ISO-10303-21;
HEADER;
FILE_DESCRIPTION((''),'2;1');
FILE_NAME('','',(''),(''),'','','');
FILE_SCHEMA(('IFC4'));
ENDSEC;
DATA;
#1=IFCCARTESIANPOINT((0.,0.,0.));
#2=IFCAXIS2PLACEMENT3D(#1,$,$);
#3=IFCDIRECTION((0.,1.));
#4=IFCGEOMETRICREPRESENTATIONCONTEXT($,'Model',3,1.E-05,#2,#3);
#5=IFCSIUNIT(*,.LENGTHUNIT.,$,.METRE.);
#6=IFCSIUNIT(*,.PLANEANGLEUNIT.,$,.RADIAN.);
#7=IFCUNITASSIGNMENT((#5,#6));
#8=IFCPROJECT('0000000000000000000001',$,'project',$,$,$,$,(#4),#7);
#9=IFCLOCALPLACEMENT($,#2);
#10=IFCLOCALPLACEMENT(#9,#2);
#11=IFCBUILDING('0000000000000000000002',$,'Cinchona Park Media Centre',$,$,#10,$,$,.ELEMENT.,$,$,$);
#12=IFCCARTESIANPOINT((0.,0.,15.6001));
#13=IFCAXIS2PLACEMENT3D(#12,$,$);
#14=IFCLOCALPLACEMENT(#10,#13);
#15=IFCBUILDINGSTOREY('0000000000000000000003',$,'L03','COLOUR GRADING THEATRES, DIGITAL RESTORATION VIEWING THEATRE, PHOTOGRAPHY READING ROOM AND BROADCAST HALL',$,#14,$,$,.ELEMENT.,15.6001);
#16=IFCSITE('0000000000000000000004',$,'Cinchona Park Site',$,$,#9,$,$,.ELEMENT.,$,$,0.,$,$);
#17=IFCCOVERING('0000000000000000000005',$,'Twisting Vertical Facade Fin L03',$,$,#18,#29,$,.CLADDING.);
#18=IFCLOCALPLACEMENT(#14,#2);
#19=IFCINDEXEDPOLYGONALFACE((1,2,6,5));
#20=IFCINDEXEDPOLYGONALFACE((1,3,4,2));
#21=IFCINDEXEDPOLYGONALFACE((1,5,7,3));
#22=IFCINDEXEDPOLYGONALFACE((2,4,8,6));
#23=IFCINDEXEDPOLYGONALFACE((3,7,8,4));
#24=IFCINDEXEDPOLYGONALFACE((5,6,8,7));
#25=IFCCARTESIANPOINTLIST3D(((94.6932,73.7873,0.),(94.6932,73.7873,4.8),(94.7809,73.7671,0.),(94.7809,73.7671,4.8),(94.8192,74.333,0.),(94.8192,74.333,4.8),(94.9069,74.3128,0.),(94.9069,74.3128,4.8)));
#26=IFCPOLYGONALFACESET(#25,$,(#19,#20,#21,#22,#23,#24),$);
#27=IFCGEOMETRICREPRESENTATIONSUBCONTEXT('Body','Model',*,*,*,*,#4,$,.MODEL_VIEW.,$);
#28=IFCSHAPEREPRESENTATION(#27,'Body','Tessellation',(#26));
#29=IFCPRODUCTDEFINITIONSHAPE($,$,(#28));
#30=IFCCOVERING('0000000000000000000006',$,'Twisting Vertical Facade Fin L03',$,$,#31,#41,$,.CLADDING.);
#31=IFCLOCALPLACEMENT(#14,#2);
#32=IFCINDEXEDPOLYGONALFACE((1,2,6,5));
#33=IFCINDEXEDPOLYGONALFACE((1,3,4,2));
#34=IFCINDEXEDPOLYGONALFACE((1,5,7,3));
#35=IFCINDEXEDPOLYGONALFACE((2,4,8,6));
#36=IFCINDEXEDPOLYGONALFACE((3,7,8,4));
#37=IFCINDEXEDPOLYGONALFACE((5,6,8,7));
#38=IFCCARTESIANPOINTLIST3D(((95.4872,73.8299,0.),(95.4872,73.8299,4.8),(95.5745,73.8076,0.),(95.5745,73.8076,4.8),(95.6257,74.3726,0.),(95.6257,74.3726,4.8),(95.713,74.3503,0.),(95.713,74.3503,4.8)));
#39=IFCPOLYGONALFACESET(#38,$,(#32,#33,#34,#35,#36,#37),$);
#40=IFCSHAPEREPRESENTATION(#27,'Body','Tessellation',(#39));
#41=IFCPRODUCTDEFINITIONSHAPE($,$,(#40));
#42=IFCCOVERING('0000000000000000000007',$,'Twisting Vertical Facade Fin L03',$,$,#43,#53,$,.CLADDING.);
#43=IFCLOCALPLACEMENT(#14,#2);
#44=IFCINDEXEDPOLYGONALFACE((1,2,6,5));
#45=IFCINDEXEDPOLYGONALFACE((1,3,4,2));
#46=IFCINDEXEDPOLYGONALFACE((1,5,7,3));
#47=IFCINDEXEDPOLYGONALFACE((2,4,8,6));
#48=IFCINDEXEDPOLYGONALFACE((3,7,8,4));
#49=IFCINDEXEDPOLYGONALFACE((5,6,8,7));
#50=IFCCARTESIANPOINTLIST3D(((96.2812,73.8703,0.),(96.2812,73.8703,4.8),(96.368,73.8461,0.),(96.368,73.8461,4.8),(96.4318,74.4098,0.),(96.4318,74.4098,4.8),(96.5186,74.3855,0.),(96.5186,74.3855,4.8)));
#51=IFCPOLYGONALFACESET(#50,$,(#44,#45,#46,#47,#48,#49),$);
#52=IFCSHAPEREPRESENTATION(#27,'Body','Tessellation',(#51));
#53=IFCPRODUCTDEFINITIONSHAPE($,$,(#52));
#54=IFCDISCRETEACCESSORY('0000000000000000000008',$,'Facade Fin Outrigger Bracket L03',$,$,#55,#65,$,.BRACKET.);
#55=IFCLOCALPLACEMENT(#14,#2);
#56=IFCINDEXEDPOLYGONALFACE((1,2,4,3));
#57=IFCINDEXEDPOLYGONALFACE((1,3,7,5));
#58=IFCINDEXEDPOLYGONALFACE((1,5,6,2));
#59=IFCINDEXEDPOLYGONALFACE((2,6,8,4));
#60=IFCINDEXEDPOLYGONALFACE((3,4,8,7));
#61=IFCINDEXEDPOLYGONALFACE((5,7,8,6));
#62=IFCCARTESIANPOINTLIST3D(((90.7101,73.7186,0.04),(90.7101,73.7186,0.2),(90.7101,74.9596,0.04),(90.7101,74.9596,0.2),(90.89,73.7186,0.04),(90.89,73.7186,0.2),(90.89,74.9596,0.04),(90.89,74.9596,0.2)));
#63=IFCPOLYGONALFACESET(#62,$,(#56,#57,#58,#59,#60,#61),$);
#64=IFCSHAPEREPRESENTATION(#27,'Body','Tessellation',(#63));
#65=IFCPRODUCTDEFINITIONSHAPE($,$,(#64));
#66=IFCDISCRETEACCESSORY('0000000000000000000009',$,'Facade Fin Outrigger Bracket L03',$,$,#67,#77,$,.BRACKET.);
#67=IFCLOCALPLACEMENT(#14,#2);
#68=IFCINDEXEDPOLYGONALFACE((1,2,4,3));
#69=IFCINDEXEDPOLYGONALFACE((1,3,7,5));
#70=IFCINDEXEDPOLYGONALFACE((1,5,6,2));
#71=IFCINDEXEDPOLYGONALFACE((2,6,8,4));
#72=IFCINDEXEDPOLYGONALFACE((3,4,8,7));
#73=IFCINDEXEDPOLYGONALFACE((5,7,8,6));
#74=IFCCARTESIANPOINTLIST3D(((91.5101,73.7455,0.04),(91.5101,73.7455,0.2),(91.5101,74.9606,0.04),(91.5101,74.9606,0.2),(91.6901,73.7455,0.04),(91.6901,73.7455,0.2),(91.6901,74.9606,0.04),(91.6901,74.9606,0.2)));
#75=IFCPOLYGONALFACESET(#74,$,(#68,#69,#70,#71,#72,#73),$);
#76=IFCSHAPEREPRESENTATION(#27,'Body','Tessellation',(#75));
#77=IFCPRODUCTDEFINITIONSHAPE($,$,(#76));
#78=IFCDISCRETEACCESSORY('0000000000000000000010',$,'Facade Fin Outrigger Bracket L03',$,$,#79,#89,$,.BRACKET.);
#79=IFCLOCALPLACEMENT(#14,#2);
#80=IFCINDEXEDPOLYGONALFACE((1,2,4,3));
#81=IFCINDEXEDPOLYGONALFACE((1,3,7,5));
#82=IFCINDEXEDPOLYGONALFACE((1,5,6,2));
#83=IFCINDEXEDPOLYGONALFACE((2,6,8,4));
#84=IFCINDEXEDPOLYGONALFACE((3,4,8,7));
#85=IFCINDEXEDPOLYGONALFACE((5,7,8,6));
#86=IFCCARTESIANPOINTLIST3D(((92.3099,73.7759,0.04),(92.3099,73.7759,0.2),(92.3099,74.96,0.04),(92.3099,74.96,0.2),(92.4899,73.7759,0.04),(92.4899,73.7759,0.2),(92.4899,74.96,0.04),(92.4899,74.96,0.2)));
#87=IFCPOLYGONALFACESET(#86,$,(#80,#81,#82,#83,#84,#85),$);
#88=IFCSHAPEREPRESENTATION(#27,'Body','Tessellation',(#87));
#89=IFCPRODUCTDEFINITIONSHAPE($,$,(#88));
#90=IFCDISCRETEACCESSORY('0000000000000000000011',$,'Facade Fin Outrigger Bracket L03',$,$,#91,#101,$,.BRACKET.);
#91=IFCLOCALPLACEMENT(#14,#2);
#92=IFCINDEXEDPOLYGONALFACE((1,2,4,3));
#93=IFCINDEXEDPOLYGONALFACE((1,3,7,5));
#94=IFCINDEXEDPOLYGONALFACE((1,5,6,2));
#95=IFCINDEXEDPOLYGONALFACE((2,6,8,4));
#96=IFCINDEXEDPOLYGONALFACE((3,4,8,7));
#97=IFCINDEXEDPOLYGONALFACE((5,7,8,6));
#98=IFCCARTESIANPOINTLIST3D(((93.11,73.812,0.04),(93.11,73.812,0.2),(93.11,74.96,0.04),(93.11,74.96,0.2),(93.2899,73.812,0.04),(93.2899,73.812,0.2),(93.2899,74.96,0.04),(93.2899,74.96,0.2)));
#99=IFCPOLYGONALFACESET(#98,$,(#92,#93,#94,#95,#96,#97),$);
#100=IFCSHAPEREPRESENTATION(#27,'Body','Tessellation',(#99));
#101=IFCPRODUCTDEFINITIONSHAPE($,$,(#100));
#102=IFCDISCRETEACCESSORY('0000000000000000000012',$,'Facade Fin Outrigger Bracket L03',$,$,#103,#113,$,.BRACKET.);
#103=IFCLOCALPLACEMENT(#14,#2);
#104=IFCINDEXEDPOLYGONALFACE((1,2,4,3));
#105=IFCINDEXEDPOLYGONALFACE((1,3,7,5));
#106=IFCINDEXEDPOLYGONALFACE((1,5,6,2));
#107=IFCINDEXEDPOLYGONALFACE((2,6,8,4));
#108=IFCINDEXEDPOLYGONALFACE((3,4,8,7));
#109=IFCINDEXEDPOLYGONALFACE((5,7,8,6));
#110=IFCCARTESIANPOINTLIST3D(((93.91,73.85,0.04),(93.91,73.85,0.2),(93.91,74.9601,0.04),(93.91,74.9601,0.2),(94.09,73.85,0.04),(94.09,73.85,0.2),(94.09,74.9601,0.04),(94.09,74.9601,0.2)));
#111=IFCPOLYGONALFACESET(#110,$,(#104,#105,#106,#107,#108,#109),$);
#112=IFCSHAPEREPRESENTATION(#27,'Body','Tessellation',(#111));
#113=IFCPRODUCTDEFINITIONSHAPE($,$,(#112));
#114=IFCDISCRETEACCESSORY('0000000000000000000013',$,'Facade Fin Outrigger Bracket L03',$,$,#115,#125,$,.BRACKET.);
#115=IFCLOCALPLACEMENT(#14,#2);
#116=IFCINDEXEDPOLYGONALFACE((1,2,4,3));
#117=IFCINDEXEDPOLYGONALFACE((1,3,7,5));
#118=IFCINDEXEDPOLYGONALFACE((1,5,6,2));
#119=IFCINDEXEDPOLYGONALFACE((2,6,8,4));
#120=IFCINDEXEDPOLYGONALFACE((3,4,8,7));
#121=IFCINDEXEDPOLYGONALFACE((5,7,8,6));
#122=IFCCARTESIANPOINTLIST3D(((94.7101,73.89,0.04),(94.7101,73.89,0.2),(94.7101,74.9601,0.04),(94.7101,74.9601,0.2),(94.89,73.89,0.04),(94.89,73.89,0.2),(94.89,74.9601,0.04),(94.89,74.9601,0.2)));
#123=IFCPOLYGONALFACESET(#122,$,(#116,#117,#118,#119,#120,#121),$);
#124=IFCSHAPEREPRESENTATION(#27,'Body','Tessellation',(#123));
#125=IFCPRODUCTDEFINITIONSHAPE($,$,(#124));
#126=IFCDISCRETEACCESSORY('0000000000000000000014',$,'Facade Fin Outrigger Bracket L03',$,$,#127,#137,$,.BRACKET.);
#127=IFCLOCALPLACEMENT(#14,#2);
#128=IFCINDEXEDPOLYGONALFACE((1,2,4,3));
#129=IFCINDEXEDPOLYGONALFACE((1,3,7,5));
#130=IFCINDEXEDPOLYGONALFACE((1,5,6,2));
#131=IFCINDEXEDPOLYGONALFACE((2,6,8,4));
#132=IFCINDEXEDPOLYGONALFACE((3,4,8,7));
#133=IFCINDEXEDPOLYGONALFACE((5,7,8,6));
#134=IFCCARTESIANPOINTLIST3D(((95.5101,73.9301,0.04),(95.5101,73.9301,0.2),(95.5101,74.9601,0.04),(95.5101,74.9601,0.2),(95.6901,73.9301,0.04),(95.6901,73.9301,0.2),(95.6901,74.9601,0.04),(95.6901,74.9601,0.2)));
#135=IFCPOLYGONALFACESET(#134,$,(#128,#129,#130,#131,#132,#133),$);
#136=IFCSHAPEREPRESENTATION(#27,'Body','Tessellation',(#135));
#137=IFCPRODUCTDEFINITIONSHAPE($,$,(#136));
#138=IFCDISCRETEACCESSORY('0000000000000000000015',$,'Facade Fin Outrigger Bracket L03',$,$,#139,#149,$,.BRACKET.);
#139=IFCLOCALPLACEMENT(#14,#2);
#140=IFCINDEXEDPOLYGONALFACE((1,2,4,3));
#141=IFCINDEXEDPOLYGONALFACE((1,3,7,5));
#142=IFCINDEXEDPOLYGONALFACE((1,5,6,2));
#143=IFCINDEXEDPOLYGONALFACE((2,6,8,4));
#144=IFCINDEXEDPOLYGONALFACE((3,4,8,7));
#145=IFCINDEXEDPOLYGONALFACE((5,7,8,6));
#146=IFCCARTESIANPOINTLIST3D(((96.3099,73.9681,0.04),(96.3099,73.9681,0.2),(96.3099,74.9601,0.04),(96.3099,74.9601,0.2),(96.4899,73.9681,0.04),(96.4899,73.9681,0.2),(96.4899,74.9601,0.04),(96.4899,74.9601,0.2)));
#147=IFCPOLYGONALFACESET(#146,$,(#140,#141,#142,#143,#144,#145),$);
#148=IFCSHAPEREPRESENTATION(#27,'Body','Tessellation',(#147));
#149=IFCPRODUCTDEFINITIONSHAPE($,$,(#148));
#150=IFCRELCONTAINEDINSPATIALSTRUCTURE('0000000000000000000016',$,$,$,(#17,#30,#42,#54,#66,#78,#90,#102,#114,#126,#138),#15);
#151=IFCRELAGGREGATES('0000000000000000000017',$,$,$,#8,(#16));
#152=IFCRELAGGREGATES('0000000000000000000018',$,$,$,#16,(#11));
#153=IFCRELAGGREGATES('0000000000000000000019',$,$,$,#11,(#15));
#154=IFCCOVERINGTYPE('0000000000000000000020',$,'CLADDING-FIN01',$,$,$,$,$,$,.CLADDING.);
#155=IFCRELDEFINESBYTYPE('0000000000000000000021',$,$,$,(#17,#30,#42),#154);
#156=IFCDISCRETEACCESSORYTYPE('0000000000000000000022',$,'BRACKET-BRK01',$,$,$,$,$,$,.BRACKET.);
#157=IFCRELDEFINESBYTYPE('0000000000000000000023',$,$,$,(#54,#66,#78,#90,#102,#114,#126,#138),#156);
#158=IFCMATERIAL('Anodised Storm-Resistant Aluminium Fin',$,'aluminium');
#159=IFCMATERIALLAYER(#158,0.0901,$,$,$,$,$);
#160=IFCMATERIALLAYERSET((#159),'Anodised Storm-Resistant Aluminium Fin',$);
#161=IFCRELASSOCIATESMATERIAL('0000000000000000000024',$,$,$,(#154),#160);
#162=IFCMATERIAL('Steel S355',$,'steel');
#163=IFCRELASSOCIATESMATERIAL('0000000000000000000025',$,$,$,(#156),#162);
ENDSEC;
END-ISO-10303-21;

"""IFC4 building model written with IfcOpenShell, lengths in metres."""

from ifc_helpers import new_model, si_unit, direction, frame, origin, origin_2d, place, context, subcontext, project, spatial, rectangle, extrude, material, layer, layer_set, type_object, element, save


model = new_model("IFC4")

# Units and contexts
model_context = context("Model", 3, precision=1e-05, world=origin(), true_north=direction((0.0, 1.0)))
body_context = subcontext(model_context, "Body", "Model", "MODEL_VIEW")
ifc_project = project(units=[si_unit("LENGTHUNIT", "METRE"), si_unit("PLANEANGLEUNIT", "RADIAN")], contexts=[model_context])

# Site, building, storey
site_placement = place(None, origin())
site = spatial("IfcSite", under=ifc_project, at=site_placement, Name="Cinchona Park Site", CompositionType="ELEMENT", RefElevation=0.0)
building_placement = place(site_placement, origin())
building = spatial("IfcBuilding", under=site, at=building_placement, Name="Cinchona Park Media Centre", CompositionType="ELEMENT")
storey_placement = place(building_placement, frame((0.0, 0.0, 15.6001)))
storey = spatial("IfcBuildingStorey", under=building, at=storey_placement, Name="L03", Description="COLOUR GRADING THEATRES, DIGITAL RESTORATION VIEWING THEATRE, PHOTOGRAPHY READING ROOM AND BROADCAST HALL", CompositionType="ELEMENT", Elevation=15.6001)

# Coverings
ifc_material_1 = material(Name="Anodised Storm-Resistant Aluminium Fin", Category="aluminium")
ifc_layer_1 = layer(ifc_material_1, 0.0901)
ifc_layer_set_1 = layer_set([ifc_layer_1], Name="Anodised Storm-Resistant Aluminium Fin")
covering_type = type_object("IfcCoveringType", Name="CLADDING-FIN01", PredefinedType="CLADDING", material=ifc_layer_set_1)
for number, where, z_axis, x_axis, name in (
    (1, (94.8, 74.05, 0.0), (0.0, 0.0, 1.0), (0.224951, 0.97437, 0.0), "Twisting Vertical Facade Fin L03"),
    (2, (95.6001, 74.0901, 0.0), (0.0, 0.0, 1.0), (0.247337, 0.968929, 0.0), "Twisting Vertical Facade Fin L03"),
    (3, (96.3999, 74.1279, 0.0), (0.0, 0.0, 1.0), (0.26892, 0.963163, 0.0), "Twisting Vertical Facade Fin L03"),
):
    element("IfcCovering", number, at=place(storey_placement, frame(where, z_axis=z_axis, x_axis=x_axis)), inside=storey, type_object=covering_type, Name=name, PredefinedType="CLADDING", context=body_context, shape_type="SweptSolid", body=[
        extrude(rectangle(XDim=0.5601, YDim=0.0901, at=origin_2d()), origin(), (0.0, 0.0, 1.0), 4.8),
    ])

# Discrete accessories
ifc_material_2 = material(Name="Steel S355", Category="steel")
discrete_accessory_type = type_object("IfcDiscreteAccessoryType", Name="BRACKET-BRK01", PredefinedType="BRACKET", material=ifc_material_2)
discrete_accessory_1_placement = place(storey_placement, frame((90.8, 74.3391, 0.04), z_axis=(0.0, 0.0, 1.0), x_axis=(1.0, 0.0, 0.0)))
element("IfcDiscreteAccessory", 4, at=discrete_accessory_1_placement, inside=storey, type_object=discrete_accessory_type, Name="Facade Fin Outrigger Bracket L03", PredefinedType="BRACKET", context=body_context, shape_type="SweptSolid", body=[
    extrude(rectangle(XDim=0.1799, YDim=1.241, at=origin_2d()), origin(), (0.0, 0.0, 1.0), 0.1599),
])
discrete_accessory_2_placement = place(storey_placement, frame((91.6001, 74.353, 0.04), z_axis=(0.0, 0.0, 1.0), x_axis=(1.0, 0.0, 0.0)))
element("IfcDiscreteAccessory", 5, at=discrete_accessory_2_placement, inside=storey, type_object=discrete_accessory_type, Name="Facade Fin Outrigger Bracket L03", PredefinedType="BRACKET", context=body_context, shape_type="SweptSolid", body=[
    extrude(rectangle(XDim=0.1799, YDim=1.2151, at=origin_2d()), origin(), (0.0, 0.0, 1.0), 0.1599),
])
discrete_accessory_3_placement = place(storey_placement, frame((92.3999, 74.3679, 0.04), z_axis=(0.0, 0.0, 1.0), x_axis=(1.0, 0.0, 0.0)))
element("IfcDiscreteAccessory", 6, at=discrete_accessory_3_placement, inside=storey, type_object=discrete_accessory_type, Name="Facade Fin Outrigger Bracket L03", PredefinedType="BRACKET", context=body_context, shape_type="SweptSolid", body=[
    extrude(rectangle(XDim=0.1799, YDim=1.1841, at=origin_2d()), origin(), (0.0, 0.0, 1.0), 0.1599),
])
discrete_accessory_4_placement = place(storey_placement, frame((93.2, 74.386, 0.04), z_axis=(0.0, 0.0, 1.0), x_axis=(1.0, 0.0, 0.0)))
element("IfcDiscreteAccessory", 7, at=discrete_accessory_4_placement, inside=storey, type_object=discrete_accessory_type, Name="Facade Fin Outrigger Bracket L03", PredefinedType="BRACKET", context=body_context, shape_type="SweptSolid", body=[
    extrude(rectangle(XDim=0.1799, YDim=1.1479, at=origin_2d()), origin(), (0.0, 0.0, 1.0), 0.1599),
])
discrete_accessory_5_placement = place(storey_placement, frame((94.0, 74.405, 0.04), z_axis=(0.0, 0.0, 1.0), x_axis=(1.0, 0.0, 0.0)))
element("IfcDiscreteAccessory", 8, at=discrete_accessory_5_placement, inside=storey, type_object=discrete_accessory_type, Name="Facade Fin Outrigger Bracket L03", PredefinedType="BRACKET", context=body_context, shape_type="SweptSolid", body=[
    extrude(rectangle(XDim=0.1799, YDim=1.1101, at=origin_2d()), origin(), (0.0, 0.0, 1.0), 0.1599),
])
discrete_accessory_6_placement = place(storey_placement, frame((94.8, 74.425, 0.04), z_axis=(0.0, 0.0, 1.0), x_axis=(1.0, 0.0, 0.0)))
element("IfcDiscreteAccessory", 9, at=discrete_accessory_6_placement, inside=storey, type_object=discrete_accessory_type, Name="Facade Fin Outrigger Bracket L03", PredefinedType="BRACKET", context=body_context, shape_type="SweptSolid", body=[
    extrude(rectangle(XDim=0.1799, YDim=1.0701, at=origin_2d()), origin(), (0.0, 0.0, 1.0), 0.1599),
])
discrete_accessory_7_placement = place(storey_placement, frame((95.6001, 74.4451, 0.04), z_axis=(0.0, 0.0, 1.0), x_axis=(1.0, 0.0, 0.0)))
element("IfcDiscreteAccessory", 10, at=discrete_accessory_7_placement, inside=storey, type_object=discrete_accessory_type, Name="Facade Fin Outrigger Bracket L03", PredefinedType="BRACKET", context=body_context, shape_type="SweptSolid", body=[
    extrude(rectangle(XDim=0.1799, YDim=1.03, at=origin_2d()), origin(), (0.0, 0.0, 1.0), 0.1599),
])
discrete_accessory_8_placement = place(storey_placement, frame((96.3999, 74.4641, 0.04), z_axis=(0.0, 0.0, 1.0), x_axis=(1.0, 0.0, 0.0)))
element("IfcDiscreteAccessory", 11, at=discrete_accessory_8_placement, inside=storey, type_object=discrete_accessory_type, Name="Facade Fin Outrigger Bracket L03", PredefinedType="BRACKET", context=body_context, shape_type="SweptSolid", body=[
    extrude(rectangle(XDim=0.1799, YDim=0.9919, at=origin_2d()), origin(), (0.0, 0.0, 1.0), 0.1599),
])

save(model, "model.ifc")
